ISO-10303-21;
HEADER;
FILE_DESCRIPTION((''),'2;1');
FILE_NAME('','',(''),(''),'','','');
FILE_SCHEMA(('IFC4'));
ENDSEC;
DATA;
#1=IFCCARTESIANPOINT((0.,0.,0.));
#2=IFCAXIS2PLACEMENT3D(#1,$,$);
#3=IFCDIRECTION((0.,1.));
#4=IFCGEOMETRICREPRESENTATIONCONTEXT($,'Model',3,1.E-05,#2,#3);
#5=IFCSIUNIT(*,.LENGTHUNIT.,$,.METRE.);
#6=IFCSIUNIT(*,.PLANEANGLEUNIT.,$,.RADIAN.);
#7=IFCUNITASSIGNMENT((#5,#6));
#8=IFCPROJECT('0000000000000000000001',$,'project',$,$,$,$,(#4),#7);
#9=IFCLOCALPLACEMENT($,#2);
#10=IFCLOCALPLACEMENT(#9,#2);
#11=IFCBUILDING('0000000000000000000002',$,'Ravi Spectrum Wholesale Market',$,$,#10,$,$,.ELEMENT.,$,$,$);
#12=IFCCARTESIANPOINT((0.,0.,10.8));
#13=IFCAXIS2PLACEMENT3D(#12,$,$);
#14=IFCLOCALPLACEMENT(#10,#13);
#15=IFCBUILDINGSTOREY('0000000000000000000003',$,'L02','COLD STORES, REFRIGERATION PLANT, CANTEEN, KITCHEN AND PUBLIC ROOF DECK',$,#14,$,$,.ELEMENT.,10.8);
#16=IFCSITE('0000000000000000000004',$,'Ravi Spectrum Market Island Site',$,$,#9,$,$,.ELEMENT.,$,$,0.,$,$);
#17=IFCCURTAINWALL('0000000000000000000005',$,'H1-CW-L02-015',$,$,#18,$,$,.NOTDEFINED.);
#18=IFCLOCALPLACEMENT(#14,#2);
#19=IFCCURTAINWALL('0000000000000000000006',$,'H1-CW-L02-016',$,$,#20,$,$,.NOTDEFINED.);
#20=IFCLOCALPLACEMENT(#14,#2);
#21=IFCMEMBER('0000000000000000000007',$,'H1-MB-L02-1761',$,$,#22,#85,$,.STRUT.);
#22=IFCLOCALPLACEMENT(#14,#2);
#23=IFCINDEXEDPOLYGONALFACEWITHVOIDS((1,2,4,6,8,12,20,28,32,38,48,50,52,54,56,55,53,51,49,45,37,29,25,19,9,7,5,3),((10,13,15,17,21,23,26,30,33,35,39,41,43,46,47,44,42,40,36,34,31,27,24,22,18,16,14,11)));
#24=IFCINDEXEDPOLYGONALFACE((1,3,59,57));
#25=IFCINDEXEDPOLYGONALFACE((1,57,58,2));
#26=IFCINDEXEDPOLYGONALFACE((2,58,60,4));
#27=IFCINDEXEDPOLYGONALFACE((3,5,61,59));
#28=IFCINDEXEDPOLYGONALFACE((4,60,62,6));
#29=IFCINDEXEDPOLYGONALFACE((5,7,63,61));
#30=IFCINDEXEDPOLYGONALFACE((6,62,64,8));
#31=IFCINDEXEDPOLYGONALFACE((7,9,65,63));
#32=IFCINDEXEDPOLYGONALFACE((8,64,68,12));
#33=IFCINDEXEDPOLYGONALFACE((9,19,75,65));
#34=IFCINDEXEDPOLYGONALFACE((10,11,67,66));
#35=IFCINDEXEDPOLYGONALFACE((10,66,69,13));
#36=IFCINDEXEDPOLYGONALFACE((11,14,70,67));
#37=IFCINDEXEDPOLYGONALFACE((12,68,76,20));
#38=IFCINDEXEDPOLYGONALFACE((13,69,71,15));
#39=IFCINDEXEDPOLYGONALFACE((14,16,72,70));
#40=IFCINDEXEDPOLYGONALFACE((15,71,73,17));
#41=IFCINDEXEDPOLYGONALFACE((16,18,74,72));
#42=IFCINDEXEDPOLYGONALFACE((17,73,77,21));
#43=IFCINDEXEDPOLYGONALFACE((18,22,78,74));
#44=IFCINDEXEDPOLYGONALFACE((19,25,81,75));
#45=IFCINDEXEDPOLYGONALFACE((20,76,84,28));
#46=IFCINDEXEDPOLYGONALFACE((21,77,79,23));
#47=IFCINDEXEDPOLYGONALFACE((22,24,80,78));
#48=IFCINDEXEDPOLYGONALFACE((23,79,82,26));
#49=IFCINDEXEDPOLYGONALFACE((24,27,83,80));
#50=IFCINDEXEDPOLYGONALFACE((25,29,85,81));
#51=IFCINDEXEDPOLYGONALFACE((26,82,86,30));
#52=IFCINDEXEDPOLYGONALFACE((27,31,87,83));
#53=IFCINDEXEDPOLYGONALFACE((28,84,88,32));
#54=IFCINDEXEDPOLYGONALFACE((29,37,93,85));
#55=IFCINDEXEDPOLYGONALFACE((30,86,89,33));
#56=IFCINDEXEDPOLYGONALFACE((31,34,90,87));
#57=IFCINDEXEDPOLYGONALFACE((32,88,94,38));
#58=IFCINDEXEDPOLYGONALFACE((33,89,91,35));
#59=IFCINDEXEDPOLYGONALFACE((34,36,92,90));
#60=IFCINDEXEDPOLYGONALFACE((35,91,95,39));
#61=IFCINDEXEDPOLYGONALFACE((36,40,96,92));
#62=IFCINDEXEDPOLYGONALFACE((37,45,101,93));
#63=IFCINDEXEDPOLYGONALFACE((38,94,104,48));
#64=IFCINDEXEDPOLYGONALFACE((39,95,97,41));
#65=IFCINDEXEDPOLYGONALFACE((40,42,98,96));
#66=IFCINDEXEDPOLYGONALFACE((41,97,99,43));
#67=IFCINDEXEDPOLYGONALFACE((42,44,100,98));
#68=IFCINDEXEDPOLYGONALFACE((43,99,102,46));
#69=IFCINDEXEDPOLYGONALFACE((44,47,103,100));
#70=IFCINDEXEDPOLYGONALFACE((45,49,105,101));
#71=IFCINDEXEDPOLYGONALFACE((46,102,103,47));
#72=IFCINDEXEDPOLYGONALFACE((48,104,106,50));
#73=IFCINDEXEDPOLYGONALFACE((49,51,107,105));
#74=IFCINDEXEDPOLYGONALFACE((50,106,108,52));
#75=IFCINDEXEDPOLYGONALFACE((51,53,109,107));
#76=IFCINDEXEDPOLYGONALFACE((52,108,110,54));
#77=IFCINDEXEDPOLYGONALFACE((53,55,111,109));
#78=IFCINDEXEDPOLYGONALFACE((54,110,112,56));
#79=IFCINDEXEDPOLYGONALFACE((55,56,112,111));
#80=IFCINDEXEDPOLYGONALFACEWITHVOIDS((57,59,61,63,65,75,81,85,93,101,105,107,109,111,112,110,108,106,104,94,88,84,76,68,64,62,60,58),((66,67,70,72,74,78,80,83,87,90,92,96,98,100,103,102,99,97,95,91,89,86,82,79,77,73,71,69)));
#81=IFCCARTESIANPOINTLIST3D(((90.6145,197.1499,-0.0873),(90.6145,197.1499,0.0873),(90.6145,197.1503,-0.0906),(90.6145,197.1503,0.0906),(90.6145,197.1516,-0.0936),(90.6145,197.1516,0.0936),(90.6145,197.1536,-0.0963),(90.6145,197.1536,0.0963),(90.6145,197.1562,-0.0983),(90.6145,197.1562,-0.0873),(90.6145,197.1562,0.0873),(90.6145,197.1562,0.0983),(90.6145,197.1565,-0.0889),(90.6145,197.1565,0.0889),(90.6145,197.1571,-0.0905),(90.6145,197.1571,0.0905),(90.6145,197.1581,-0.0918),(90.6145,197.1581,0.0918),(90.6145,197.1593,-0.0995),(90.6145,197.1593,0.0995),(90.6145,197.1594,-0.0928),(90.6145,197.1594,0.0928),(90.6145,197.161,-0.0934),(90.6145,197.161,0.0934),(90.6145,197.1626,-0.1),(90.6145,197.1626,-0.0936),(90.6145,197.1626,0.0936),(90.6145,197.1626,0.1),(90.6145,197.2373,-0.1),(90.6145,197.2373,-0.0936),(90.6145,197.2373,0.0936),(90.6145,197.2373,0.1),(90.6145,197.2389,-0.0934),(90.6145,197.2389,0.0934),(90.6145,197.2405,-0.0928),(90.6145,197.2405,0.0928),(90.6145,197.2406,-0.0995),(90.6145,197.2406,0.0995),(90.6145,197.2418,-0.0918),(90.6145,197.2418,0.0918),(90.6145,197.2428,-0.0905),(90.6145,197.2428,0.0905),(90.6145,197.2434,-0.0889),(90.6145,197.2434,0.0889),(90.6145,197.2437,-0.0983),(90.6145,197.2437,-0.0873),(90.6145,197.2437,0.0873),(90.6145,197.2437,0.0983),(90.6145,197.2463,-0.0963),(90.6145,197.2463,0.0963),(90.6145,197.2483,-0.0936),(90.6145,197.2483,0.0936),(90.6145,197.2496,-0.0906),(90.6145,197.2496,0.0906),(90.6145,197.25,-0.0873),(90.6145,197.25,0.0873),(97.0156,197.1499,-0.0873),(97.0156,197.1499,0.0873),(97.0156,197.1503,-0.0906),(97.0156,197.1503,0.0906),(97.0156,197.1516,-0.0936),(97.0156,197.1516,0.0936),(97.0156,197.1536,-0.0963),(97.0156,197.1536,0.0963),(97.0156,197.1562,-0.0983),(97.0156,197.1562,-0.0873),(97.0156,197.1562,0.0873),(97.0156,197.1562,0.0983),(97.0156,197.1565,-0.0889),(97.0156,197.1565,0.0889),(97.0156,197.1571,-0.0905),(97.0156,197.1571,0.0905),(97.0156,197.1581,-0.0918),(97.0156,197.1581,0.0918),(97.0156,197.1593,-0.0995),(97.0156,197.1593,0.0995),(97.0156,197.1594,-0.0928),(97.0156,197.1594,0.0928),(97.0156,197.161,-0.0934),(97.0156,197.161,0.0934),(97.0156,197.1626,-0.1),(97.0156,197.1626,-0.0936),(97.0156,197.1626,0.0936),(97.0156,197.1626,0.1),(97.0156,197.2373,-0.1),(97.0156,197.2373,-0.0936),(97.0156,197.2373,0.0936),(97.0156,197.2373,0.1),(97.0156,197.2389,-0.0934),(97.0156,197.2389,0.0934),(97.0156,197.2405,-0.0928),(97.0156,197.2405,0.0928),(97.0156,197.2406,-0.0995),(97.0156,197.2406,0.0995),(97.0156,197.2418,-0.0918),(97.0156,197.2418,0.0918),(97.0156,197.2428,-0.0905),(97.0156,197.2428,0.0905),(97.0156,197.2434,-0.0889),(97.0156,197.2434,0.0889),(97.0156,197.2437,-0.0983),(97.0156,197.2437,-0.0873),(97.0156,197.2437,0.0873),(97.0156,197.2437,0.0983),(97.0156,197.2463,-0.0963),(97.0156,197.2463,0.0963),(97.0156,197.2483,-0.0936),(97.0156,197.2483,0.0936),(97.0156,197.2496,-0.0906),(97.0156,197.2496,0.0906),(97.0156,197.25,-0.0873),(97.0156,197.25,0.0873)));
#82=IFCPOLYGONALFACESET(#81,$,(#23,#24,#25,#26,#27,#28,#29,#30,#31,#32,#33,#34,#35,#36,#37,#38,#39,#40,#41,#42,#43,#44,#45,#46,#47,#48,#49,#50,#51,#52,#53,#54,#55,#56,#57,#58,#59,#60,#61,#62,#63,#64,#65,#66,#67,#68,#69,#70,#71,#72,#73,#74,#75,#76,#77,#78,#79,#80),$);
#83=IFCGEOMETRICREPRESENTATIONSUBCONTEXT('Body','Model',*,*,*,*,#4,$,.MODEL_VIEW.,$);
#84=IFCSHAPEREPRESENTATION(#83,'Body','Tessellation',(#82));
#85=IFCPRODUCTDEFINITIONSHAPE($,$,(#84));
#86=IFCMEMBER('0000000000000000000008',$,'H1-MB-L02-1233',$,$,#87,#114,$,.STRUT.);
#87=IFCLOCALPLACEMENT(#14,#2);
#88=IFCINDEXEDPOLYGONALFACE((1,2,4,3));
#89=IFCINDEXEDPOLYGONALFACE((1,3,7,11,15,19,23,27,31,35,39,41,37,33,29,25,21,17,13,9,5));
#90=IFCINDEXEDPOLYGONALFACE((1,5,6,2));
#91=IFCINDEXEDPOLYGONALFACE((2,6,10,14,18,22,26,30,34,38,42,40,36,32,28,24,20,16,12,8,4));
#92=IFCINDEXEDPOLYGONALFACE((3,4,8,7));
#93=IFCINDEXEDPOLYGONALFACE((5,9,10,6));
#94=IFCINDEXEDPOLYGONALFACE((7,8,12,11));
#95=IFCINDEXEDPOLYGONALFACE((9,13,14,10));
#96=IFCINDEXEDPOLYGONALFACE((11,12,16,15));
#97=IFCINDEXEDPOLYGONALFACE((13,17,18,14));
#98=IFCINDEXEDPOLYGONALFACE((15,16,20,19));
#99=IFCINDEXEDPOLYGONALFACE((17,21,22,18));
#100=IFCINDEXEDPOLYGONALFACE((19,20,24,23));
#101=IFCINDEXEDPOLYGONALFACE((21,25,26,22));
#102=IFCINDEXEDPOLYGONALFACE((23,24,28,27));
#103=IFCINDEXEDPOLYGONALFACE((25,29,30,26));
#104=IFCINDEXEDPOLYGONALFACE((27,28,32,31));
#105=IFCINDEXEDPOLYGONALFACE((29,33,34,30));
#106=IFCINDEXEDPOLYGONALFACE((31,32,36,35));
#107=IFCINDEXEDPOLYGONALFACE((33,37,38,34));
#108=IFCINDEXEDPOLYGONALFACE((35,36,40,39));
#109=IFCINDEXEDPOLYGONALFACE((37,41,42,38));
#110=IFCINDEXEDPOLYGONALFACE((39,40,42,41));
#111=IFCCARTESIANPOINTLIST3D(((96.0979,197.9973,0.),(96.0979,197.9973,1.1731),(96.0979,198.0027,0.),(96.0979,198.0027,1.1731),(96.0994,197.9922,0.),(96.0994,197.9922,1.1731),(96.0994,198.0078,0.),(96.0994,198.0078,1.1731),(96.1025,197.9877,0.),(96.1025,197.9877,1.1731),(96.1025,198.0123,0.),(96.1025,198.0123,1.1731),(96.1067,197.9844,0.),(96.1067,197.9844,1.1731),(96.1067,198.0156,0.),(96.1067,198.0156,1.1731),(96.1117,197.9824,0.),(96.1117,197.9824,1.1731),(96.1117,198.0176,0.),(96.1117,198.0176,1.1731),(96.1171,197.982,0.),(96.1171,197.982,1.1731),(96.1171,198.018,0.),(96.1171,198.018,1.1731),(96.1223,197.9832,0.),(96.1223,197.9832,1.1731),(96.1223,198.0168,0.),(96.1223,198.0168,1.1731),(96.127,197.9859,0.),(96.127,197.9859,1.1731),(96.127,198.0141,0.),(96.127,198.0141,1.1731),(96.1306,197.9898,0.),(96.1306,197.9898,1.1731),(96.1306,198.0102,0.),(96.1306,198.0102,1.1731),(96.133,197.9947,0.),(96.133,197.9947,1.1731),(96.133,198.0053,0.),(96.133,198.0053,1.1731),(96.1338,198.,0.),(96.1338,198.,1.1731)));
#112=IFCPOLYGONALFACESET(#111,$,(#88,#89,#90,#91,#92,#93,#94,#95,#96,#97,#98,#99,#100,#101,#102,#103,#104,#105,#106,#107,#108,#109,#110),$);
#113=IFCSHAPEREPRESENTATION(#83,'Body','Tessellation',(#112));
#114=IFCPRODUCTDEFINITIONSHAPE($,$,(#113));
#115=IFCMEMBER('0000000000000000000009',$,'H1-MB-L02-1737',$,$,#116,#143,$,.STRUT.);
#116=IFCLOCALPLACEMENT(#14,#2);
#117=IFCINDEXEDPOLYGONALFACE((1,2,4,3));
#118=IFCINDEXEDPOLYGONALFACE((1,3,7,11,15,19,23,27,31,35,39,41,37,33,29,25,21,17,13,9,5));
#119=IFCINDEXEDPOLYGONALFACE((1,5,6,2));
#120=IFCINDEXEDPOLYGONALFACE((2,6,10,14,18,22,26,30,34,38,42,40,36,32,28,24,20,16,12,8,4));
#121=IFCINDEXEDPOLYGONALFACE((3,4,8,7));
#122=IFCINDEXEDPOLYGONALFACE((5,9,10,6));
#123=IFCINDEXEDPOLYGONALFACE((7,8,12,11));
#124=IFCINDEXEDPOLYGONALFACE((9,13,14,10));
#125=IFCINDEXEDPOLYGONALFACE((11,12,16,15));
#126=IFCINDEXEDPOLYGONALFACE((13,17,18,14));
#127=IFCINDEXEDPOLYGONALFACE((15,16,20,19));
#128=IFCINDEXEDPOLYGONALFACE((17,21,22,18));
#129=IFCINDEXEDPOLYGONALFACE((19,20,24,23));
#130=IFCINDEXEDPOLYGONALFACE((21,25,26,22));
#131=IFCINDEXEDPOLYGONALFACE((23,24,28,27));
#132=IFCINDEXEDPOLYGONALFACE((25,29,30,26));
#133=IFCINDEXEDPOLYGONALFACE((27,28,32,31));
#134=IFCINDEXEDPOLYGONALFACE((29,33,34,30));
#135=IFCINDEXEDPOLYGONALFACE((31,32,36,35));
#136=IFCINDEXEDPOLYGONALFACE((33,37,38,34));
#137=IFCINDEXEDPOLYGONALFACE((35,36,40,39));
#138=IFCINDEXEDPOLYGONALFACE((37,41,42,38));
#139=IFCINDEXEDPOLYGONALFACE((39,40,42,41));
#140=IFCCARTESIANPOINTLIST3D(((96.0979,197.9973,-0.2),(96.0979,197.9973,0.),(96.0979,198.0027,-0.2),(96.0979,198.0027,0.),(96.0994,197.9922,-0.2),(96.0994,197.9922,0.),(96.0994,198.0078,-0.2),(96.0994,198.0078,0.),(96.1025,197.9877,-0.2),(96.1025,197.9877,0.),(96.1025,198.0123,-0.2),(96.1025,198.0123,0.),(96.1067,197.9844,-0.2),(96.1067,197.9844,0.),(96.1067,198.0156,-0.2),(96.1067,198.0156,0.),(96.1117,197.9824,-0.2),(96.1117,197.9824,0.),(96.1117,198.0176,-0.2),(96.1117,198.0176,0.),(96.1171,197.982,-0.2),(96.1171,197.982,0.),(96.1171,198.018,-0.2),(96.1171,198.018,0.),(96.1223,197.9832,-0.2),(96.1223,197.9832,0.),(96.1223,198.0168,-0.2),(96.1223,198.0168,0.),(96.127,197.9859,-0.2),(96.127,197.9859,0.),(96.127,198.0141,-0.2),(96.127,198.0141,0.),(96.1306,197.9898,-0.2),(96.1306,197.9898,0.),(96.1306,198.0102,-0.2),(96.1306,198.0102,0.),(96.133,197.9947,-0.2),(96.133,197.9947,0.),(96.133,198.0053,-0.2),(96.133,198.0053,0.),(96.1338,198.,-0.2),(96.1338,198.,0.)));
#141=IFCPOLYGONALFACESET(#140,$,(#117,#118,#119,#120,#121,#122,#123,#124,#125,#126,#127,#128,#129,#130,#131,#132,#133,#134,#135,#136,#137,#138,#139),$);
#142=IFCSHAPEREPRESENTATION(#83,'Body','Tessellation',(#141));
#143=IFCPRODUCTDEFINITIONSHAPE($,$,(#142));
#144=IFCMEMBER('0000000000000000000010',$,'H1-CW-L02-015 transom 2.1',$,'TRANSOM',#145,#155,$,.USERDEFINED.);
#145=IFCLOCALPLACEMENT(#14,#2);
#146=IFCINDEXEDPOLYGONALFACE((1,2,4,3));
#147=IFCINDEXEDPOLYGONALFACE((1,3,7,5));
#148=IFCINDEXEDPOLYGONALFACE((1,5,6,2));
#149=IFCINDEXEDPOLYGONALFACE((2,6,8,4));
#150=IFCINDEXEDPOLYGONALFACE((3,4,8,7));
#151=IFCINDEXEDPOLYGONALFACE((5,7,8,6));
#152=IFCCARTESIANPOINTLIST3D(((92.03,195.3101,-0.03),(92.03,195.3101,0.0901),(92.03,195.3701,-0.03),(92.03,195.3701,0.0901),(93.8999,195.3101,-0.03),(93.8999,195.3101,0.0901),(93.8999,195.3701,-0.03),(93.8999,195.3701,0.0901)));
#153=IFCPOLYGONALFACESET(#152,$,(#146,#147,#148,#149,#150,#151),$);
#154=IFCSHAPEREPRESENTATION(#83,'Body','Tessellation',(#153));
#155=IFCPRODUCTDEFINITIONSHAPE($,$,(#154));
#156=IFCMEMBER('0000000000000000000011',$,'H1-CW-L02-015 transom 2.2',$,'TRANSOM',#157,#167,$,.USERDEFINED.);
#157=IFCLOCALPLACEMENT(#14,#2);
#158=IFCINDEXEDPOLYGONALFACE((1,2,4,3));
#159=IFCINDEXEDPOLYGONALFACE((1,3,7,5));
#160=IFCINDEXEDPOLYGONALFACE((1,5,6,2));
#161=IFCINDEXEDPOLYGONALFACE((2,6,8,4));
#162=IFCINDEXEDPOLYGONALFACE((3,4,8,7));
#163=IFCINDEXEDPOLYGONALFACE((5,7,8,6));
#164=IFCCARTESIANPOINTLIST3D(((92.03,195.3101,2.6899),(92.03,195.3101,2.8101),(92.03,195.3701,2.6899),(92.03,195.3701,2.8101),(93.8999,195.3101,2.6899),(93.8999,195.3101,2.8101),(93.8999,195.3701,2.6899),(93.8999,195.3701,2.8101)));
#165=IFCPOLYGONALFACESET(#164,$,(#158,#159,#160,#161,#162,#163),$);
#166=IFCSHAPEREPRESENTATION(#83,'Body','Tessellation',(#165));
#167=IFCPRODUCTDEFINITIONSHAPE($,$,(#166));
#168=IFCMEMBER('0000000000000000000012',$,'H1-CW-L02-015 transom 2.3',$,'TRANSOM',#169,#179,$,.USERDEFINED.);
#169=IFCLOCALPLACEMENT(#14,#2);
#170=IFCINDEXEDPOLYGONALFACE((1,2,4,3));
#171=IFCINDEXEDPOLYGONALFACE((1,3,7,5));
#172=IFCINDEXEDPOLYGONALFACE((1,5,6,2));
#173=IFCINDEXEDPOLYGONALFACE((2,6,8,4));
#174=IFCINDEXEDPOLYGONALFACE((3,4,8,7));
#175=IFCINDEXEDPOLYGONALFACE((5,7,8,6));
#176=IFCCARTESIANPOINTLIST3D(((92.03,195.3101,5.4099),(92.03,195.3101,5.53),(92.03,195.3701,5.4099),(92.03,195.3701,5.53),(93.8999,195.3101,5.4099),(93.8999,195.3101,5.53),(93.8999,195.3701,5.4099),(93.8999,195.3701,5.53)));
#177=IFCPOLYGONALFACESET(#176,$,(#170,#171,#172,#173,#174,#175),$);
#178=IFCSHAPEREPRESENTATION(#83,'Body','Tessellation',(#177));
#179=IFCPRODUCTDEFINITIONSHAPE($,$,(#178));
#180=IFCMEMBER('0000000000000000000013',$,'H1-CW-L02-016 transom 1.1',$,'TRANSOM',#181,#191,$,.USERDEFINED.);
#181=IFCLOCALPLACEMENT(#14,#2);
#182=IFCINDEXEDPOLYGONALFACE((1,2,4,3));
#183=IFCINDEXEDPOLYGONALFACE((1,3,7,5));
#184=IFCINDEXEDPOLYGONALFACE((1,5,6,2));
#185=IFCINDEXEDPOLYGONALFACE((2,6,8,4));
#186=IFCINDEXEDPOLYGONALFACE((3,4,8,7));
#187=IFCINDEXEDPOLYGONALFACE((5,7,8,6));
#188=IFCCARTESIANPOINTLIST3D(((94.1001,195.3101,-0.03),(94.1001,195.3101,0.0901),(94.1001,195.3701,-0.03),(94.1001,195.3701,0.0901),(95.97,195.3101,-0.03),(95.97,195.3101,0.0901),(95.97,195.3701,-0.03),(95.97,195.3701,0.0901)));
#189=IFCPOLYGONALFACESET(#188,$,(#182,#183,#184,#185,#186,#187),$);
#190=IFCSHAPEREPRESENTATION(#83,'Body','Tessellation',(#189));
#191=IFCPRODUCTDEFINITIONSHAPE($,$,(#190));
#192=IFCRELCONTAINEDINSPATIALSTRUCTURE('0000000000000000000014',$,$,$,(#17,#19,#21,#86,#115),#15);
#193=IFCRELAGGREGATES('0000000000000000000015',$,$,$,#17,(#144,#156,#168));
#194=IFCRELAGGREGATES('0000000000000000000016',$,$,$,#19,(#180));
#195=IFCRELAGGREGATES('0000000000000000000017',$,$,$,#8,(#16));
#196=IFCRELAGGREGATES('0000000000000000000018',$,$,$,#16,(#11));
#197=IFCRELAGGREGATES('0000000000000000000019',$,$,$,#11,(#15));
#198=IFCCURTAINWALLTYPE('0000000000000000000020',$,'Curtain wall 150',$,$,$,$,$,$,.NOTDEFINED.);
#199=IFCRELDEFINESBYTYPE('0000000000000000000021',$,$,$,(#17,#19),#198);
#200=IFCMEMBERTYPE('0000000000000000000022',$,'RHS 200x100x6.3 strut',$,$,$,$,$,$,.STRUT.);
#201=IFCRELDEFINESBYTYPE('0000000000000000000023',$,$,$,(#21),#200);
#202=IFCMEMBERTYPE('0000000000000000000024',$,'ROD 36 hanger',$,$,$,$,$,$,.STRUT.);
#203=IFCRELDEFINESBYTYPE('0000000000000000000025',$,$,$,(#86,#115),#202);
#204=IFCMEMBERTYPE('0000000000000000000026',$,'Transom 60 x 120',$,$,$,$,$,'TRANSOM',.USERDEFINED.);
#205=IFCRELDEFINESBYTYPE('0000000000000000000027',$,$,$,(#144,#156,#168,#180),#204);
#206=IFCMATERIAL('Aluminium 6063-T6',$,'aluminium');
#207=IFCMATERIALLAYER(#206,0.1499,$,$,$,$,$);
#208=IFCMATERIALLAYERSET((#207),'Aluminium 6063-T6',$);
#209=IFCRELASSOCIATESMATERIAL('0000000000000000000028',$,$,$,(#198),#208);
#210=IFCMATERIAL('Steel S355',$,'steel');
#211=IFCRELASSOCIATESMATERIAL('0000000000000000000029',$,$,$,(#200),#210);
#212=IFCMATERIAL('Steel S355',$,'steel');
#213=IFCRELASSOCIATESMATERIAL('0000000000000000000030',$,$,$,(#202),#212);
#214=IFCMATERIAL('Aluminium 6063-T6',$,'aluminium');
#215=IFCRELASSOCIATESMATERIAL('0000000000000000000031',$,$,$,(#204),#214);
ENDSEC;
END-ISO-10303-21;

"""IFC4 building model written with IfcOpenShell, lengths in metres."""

from ifc_helpers import new_model, si_unit, direction, frame, origin, origin_2d, place, context, subcontext, project, spatial, rectangle, hollow_rectangle, circle, extrude, material, layer, layer_set, material_profile, profile_set, type_object, element, aggregate, save


model = new_model("IFC4")

# Units and contexts
model_context = context("Model", 3, precision=1e-05, world=origin(), true_north=direction((0.0, 1.0)))
body_context = subcontext(model_context, "Body", "Model", "MODEL_VIEW")
ifc_project = project(units=[si_unit("LENGTHUNIT", "METRE"), si_unit("PLANEANGLEUNIT", "RADIAN")], contexts=[model_context])

# Site, building, storey
site_placement = place(None, origin())
site = spatial("IfcSite", under=ifc_project, at=site_placement, Name="Ravi Spectrum Market Island Site", CompositionType="ELEMENT", RefElevation=0.0)
building_placement = place(site_placement, origin())
building = spatial("IfcBuilding", under=site, at=building_placement, Name="Ravi Spectrum Wholesale Market", CompositionType="ELEMENT")
storey_placement = place(building_placement, frame((0.0, 0.0, 10.8)))
storey = spatial("IfcBuildingStorey", under=building, at=storey_placement, Name="L02", Description="COLD STORES, REFRIGERATION PLANT, CANTEEN, KITCHEN AND PUBLIC ROOF DECK", CompositionType="ELEMENT", Elevation=10.8)

# Curtain walls
ifc_material_1 = material(Name="Aluminium 6063-T6", Category="aluminium")
ifc_layer_1 = layer(ifc_material_1, 0.1499)
ifc_layer_set_1 = layer_set([ifc_layer_1], Name="Aluminium 6063-T6")
curtain_wall_type = type_object("IfcCurtainWallType", Name="Curtain wall 150", PredefinedType="NOTDEFINED", material=ifc_layer_set_1)
curtain_wall_1_placement = place(storey_placement, origin())
curtain_wall_1 = element("IfcCurtainWall", 1, at=curtain_wall_1_placement, inside=storey, type_object=curtain_wall_type, Name="H1-CW-L02-015", PredefinedType="NOTDEFINED")
curtain_wall_2_placement = place(storey_placement, origin())
curtain_wall_2 = element("IfcCurtainWall", 2, at=curtain_wall_2_placement, inside=storey, type_object=curtain_wall_type, Name="H1-CW-L02-016", PredefinedType="NOTDEFINED")

# Members
ifc_material_2 = material(Name="Steel S355", Category="steel")
ifc_material_profile_1 = material_profile(ifc_material_2, hollow_rectangle(XDim=0.1001, YDim=0.2, WallThickness=0.0063, InnerFilletRadius=0.0063, OuterFilletRadius=0.0127, at=origin_2d()))
ifc_profile_set_1 = profile_set([ifc_material_profile_1], Name="Steel S355")
member_type_1 = type_object("IfcMemberType", Name="RHS 200x100x6.3 strut", PredefinedType="STRUT", material=ifc_profile_set_1)
member_1_placement = place(storey_placement, frame((90.6145, 197.2, 0.0), z_axis=(1.0, 0.0, 0.0), x_axis=(0.0, 1.0, 0.0)))
element("IfcMember", 3, at=member_1_placement, inside=storey, type_object=member_type_1, Name="H1-MB-L02-1761", PredefinedType="STRUT", context=body_context, shape_type="SweptSolid", body=[
    extrude(hollow_rectangle(XDim=0.1001, YDim=0.2, WallThickness=0.0063, InnerFilletRadius=0.0063, OuterFilletRadius=0.0127, at=origin_2d()), origin(), (0.0, 0.0, 1.0), 6.4011),
])
ifc_material_3 = material(Name="Steel S355", Category="steel")
ifc_material_profile_2 = material_profile(ifc_material_3, circle(Radius=0.0181, at=origin_2d()))
ifc_profile_set_2 = profile_set([ifc_material_profile_2], Name="Steel S355")
member_type_2 = type_object("IfcMemberType", Name="ROD 36 hanger", PredefinedType="STRUT", material=ifc_profile_set_2)
member_2_placement = place(storey_placement, frame((96.1157, 198.0, 0.0), z_axis=(0.0, 0.0, 1.0), x_axis=(1.0, 0.0, 0.0)))
element("IfcMember", 4, at=member_2_placement, inside=storey, type_object=member_type_2, Name="H1-MB-L02-1233", PredefinedType="STRUT", context=body_context, shape_type="SweptSolid", body=[
    extrude(circle(Radius=0.0181, at=origin_2d()), origin(), (0.0, 0.0, 1.0), 1.1731),
])
member_3_placement = place(storey_placement, frame((96.1157, 198.0, 0.0), z_axis=(0.0, 0.0, -1.0), x_axis=(1.0, 0.0, 0.0)))
element("IfcMember", 5, at=member_3_placement, inside=storey, type_object=member_type_2, Name="H1-MB-L02-1737", PredefinedType="STRUT", context=body_context, shape_type="SweptSolid", body=[
    extrude(circle(Radius=0.0181, at=origin_2d()), origin(), (0.0, 0.0, 1.0), 0.2),
])

# Members
ifc_material_4 = material(Name="Aluminium 6063-T6", Category="aluminium")
ifc_material_profile_3 = material_profile(ifc_material_4, rectangle(XDim=0.0601, YDim=0.1201, at=origin_2d()))
ifc_profile_set_3 = profile_set([ifc_material_profile_3], Name="Aluminium 6063-T6")
member_type_3 = type_object("IfcMemberType", Name="Transom 60 x 120", ElementType="TRANSOM", PredefinedType="USERDEFINED", material=ifc_profile_set_3)
member_4_placement = place(storey_placement, frame((92.03, 195.3401, 0.03), z_axis=(1.0, 0.0, 0.0), x_axis=(0.0, 1.0, 0.0)))
member_4 = element("IfcMember", 6, at=member_4_placement, type_object=member_type_3, Name="H1-CW-L02-015 transom 2.1", ObjectType="TRANSOM", PredefinedType="USERDEFINED", context=body_context, shape_type="SweptSolid", body=[
    extrude(rectangle(XDim=0.0601, YDim=0.1201, at=origin_2d()), origin(), (0.0, 0.0, 1.0), 1.8699),
])
member_5_placement = place(storey_placement, frame((92.03, 195.3401, 2.75), z_axis=(1.0, 0.0, 0.0), x_axis=(0.0, 1.0, 0.0)))
member_5 = element("IfcMember", 7, at=member_5_placement, type_object=member_type_3, Name="H1-CW-L02-015 transom 2.2", ObjectType="TRANSOM", PredefinedType="USERDEFINED", context=body_context, shape_type="SweptSolid", body=[
    extrude(rectangle(XDim=0.0601, YDim=0.1201, at=origin_2d()), origin(), (0.0, 0.0, 1.0), 1.8699),
])
member_6_placement = place(storey_placement, frame((92.03, 195.3401, 5.47), z_axis=(1.0, 0.0, 0.0), x_axis=(0.0, 1.0, 0.0)))
member_6 = element("IfcMember", 8, at=member_6_placement, type_object=member_type_3, Name="H1-CW-L02-015 transom 2.3", ObjectType="TRANSOM", PredefinedType="USERDEFINED", context=body_context, shape_type="SweptSolid", body=[
    extrude(rectangle(XDim=0.0601, YDim=0.1201, at=origin_2d()), origin(), (0.0, 0.0, 1.0), 1.8699),
])
member_7_placement = place(storey_placement, frame((94.1001, 195.3401, 0.03), z_axis=(1.0, 0.0, 0.0), x_axis=(0.0, 1.0, 0.0)))
member_7 = element("IfcMember", 9, at=member_7_placement, type_object=member_type_3, Name="H1-CW-L02-016 transom 1.1", ObjectType="TRANSOM", PredefinedType="USERDEFINED", context=body_context, shape_type="SweptSolid", body=[
    extrude(rectangle(XDim=0.0601, YDim=0.1201, at=origin_2d()), origin(), (0.0, 0.0, 1.0), 1.8699),
])

aggregate(curtain_wall_1, [member_4, member_5, member_6])
aggregate(curtain_wall_2, [member_7])

save(model, "model.ifc")
